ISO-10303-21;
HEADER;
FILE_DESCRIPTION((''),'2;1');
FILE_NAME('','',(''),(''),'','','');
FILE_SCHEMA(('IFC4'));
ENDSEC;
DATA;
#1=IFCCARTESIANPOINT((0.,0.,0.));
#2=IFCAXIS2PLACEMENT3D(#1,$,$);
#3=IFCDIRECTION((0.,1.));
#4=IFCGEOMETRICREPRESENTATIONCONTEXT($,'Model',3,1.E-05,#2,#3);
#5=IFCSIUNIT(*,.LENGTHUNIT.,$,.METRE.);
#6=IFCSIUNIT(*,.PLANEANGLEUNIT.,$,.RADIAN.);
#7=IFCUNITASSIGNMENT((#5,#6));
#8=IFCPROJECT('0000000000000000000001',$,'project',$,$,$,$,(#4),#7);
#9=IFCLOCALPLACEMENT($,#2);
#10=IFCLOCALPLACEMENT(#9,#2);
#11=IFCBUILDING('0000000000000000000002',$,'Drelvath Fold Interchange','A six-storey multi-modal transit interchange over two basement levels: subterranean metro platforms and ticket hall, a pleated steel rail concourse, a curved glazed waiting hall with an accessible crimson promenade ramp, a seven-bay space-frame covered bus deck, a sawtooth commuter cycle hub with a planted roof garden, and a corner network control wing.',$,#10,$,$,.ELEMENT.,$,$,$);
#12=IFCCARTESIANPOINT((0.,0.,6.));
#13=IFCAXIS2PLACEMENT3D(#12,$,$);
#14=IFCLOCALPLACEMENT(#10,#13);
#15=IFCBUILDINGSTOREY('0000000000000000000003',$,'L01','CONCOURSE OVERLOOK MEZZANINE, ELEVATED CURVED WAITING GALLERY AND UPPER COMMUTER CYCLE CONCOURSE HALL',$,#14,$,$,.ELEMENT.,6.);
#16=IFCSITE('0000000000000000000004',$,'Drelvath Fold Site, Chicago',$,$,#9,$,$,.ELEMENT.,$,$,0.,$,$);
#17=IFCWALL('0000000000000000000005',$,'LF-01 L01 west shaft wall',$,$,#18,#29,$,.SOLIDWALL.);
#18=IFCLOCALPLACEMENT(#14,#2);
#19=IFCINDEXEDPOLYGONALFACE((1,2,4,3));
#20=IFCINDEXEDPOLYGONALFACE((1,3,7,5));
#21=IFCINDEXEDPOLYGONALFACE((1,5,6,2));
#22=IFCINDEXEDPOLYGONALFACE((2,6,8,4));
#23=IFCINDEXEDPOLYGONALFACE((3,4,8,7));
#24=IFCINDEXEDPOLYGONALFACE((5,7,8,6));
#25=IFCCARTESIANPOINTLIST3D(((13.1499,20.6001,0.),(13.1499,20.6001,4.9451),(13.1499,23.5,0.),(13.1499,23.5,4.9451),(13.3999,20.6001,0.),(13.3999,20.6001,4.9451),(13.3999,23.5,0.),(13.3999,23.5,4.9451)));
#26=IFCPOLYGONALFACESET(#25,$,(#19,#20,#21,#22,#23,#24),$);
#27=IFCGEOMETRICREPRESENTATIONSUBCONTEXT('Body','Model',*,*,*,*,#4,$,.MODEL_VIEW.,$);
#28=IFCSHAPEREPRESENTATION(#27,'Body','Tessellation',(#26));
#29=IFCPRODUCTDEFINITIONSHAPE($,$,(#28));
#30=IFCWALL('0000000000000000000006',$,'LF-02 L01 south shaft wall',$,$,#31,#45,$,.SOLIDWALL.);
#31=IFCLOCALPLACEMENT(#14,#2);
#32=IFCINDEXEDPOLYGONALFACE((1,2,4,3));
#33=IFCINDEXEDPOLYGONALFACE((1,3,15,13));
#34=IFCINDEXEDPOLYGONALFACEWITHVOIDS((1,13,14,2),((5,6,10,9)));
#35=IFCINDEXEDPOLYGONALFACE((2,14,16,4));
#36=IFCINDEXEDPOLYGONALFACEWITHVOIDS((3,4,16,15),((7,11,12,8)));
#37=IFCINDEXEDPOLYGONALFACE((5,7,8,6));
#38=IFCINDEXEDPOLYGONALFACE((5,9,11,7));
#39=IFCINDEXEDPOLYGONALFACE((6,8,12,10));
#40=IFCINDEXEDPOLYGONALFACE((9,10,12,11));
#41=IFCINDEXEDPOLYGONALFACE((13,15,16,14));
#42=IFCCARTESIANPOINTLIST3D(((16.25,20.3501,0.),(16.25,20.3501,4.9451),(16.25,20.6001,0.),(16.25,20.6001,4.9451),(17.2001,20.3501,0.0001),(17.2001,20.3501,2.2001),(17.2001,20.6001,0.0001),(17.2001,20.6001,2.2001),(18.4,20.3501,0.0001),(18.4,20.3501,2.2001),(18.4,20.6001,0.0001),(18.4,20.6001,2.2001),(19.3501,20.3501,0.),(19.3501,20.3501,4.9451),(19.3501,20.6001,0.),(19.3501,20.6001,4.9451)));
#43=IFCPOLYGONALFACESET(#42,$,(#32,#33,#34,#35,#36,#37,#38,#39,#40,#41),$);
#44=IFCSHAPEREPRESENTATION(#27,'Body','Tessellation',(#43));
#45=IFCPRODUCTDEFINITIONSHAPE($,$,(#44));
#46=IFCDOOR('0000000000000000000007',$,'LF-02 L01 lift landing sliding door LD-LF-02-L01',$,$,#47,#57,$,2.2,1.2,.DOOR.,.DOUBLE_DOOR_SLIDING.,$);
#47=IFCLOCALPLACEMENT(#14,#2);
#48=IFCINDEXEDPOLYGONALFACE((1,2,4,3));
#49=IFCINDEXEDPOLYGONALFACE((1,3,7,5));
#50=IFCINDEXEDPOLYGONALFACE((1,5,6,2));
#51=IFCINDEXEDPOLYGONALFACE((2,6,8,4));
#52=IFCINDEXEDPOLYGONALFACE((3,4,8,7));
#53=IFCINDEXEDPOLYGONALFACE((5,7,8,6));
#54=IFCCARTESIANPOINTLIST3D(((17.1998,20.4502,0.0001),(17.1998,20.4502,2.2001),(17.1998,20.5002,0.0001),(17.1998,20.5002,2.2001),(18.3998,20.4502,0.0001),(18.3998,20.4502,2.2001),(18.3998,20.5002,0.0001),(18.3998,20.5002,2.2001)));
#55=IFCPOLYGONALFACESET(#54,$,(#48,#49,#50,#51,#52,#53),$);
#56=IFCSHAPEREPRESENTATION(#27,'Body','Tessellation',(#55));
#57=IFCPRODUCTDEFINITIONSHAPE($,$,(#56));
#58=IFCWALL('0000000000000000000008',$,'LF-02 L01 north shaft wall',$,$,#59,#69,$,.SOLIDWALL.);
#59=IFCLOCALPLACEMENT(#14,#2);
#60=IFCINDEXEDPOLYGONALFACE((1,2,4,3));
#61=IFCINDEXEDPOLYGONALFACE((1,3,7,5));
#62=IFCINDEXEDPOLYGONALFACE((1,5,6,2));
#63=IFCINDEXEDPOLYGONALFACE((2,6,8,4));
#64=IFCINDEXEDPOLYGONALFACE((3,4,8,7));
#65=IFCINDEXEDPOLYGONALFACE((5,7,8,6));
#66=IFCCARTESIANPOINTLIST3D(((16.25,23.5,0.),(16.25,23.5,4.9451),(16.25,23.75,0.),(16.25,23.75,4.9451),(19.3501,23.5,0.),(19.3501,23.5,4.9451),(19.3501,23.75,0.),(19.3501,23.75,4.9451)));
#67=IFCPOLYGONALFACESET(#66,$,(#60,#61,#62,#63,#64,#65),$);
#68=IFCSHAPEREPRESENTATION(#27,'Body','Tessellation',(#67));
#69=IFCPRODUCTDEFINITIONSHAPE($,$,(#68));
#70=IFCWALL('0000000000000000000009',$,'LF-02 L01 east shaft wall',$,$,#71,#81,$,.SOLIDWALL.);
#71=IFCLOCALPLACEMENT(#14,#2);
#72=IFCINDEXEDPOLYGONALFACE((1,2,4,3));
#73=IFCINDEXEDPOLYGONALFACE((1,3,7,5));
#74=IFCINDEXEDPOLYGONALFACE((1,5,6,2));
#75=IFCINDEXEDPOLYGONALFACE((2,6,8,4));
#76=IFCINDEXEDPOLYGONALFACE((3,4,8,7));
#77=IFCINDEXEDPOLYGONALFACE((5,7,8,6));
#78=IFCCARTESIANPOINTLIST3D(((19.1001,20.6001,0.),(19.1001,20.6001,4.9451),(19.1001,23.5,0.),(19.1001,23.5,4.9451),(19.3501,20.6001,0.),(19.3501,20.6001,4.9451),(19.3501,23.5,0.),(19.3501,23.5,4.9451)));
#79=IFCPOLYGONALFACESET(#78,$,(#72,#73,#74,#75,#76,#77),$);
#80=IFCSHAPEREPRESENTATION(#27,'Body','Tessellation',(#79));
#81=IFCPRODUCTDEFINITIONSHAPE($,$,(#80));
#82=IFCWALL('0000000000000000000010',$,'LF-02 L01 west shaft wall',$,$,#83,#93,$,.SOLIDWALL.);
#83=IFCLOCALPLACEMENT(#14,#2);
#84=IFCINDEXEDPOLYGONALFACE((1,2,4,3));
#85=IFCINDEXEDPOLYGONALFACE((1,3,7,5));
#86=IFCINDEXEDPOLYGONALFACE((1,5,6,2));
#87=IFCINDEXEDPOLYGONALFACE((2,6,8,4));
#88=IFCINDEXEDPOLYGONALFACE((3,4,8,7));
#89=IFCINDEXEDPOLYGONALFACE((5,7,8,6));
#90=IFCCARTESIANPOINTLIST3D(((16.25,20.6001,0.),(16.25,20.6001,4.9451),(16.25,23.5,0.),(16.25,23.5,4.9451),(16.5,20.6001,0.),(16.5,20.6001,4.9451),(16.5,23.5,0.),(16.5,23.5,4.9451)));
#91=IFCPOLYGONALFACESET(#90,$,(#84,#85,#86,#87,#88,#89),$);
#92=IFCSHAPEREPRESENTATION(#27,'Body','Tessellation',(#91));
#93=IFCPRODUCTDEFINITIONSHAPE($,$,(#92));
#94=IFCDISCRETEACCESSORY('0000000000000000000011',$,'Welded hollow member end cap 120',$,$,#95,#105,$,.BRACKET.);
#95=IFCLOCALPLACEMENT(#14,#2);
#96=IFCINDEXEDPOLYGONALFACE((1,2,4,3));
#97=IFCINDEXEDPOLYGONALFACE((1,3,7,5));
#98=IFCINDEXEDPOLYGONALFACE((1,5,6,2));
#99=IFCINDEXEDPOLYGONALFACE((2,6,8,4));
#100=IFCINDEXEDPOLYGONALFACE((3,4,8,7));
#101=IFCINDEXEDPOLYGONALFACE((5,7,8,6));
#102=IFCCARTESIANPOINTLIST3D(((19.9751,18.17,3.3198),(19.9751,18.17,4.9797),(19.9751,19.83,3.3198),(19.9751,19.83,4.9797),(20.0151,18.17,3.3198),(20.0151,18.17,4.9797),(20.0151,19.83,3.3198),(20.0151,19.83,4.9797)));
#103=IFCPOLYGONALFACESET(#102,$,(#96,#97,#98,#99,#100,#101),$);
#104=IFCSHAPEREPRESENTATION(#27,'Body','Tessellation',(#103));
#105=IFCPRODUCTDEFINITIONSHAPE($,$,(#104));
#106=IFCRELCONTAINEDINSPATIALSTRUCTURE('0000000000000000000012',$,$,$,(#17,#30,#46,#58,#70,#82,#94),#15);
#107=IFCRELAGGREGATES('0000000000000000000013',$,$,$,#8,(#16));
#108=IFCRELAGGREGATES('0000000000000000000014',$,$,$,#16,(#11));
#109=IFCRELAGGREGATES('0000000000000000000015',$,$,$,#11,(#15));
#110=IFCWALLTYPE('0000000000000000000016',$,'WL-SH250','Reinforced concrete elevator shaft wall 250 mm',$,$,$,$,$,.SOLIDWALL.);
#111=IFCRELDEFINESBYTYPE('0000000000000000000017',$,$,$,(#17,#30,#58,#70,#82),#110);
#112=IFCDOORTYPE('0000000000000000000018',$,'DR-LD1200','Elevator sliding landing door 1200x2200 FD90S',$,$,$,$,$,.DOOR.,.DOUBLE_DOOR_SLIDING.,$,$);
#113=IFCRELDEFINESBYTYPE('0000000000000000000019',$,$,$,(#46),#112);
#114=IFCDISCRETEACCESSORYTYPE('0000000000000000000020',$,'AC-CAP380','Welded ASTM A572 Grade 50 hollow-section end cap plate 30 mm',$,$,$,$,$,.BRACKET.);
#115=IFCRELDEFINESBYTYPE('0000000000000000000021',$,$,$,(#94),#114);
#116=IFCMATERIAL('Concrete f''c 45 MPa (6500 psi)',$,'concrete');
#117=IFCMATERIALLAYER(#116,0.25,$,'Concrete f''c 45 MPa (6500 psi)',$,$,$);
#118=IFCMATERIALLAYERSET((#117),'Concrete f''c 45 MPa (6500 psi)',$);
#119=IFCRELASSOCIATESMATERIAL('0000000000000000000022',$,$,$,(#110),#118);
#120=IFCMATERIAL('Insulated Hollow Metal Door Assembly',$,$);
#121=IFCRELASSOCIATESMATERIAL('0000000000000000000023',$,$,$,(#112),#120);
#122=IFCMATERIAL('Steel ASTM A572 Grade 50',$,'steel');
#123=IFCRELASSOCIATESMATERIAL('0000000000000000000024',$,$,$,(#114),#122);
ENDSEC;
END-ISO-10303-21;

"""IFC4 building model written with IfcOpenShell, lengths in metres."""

from ifc_helpers import new_model, si_unit, direction, frame, frame_2d, origin, origin_2d, place, context, subcontext, project, spatial, rectangle, extrude, material, layer, layer_set, type_object, element, fill, save


model = new_model("IFC4")

# Units and contexts
model_context = context("Model", 3, precision=1e-05, world=origin(), true_north=direction((0.0, 1.0)))
body_context = subcontext(model_context, "Body", "Model", "MODEL_VIEW")
ifc_project = project(units=[si_unit("LENGTHUNIT", "METRE"), si_unit("PLANEANGLEUNIT", "RADIAN")], contexts=[model_context])

# Site, building, storey
site_placement = place(None, origin())
site = spatial("IfcSite", under=ifc_project, at=site_placement, Name="Drelvath Fold Site, Chicago", CompositionType="ELEMENT", RefElevation=0.0)
building_placement = place(site_placement, origin())
building = spatial("IfcBuilding", under=site, at=building_placement, Name="Drelvath Fold Interchange", Description="A six-storey multi-modal transit interchange over two basement levels: subterranean metro platforms and ticket hall, a pleated steel rail concourse, a curved glazed waiting hall with an accessible crimson promenade ramp, a seven-bay space-frame covered bus deck, a sawtooth commuter cycle hub with a planted roof garden, and a corner network control wing.", CompositionType="ELEMENT")
storey_placement = place(building_placement, frame((0.0, 0.0, 6.0)))
storey = spatial("IfcBuildingStorey", under=building, at=storey_placement, Name="L01", Description="CONCOURSE OVERLOOK MEZZANINE, ELEVATED CURVED WAITING GALLERY AND UPPER COMMUTER CYCLE CONCOURSE HALL", CompositionType="ELEMENT", Elevation=6.0)

# Shared definitions
ifc_material_1 = material(Name="Steel ASTM A572 Grade 50", Category="steel")

# Shared definitions
ifc_material_2 = material(Name="Concrete f'c 45 MPa (6500 psi)", Category="concrete")
ifc_layer_1 = layer(ifc_material_2, 0.25, Name="Concrete f'c 45 MPa (6500 psi)")
ifc_layer_set_1 = layer_set([ifc_layer_1], Name="Concrete f'c 45 MPa (6500 psi)")
wall_type_1 = type_object("IfcWallType", Name="WL-SH250", Description="Reinforced concrete elevator shaft wall 250 mm", PredefinedType="SOLIDWALL", material=ifc_layer_set_1)

# Shared definitions
ifc_material_3 = material(Name="Insulated Hollow Metal Door Assembly")
door_type = type_object("IfcDoorType", Name="DR-LD1200", Description="Elevator sliding landing door 1200x2200 FD90S", OperationType="DOUBLE_DOOR_SLIDING", PredefinedType="DOOR", material=ifc_material_3)

# Wall
for number, where, z_axis, x_axis, name in (
    (1, (13.2749, 23.5, 0.0), (0.0, 0.0, 1.0), (0.0, -1.0, 0.0), "LF-01 L01 west shaft wall"),
):
    element("IfcWall", number, at=place(storey_placement, frame(where, z_axis=z_axis, x_axis=x_axis)), inside=storey, type_object=wall_type_1, Name=name, PredefinedType="SOLIDWALL", context=body_context, shape_type="SweptSolid", body=[
        extrude(rectangle(XDim=2.8999, YDim=0.25, at=frame_2d((1.45, 0.0))), origin(), (0.0, 0.0, 1.0), 4.9451),
    ])

# Wall, opening, door
wall_1_placement = place(storey_placement, frame((16.25, 20.4751, 0.0), z_axis=(0.0, 0.0, 1.0), x_axis=(1.0, 0.0, 0.0)))
wall_1 = element("IfcWall", 2, at=wall_1_placement, inside=storey, type_object=wall_type_1, Name="LF-02 L01 south shaft wall", PredefinedType="SOLIDWALL", context=body_context, shape_type="SweptSolid", body=[
    extrude(rectangle(XDim=3.1001, YDim=0.25, at=frame_2d((1.55, 0.0))), origin(), (0.0, 0.0, 1.0), 4.9451),
])
opening_1_placement = place(wall_1_placement, frame((0.95, 0.0, 0.0)))
opening_1 = element("IfcOpeningElement", 3, at=opening_1_placement, cuts=wall_1, PredefinedType="OPENING", context=body_context, shape_type="SweptSolid", body=[
    extrude(rectangle(XDim=1.2, YDim=2.2, at=frame_2d((0.6001, 1.1001))), frame((0.0, 0.135, 0.0), z_axis=(0.0, -1.0, 0.0), x_axis=(1.0, 0.0, 0.0)), (0.0, 0.0, 1.0), 0.27),
])
door_1_placement = place(opening_1_placement, frame((1.2, 0.0, 0.0), z_axis=(0.0, 0.0, 1.0), x_axis=(-1.0, 0.0, 0.0)))
door_1 = element("IfcDoor", 4, at=door_1_placement, inside=storey, type_object=door_type, Name="LF-02 L01 lift landing sliding door LD-LF-02-L01", OperationType="DOUBLE_DOOR_SLIDING", OverallHeight=2.2, OverallWidth=1.2, PredefinedType="DOOR", context=body_context, shape_type="SweptSolid", body=[
    extrude(rectangle(XDim=1.2, YDim=2.2, at=frame_2d((0.6001, 1.1001))), frame((0.0, 0.0249, 0.0), z_axis=(0.0, -1.0, 0.0), x_axis=(1.0, 0.0, 0.0)), (0.0, 0.0, 1.0), 0.05),
])
fill(opening_1, door_1)

# Walls
wall_2_placement = place(storey_placement, frame((19.3501, 23.625, 0.0), z_axis=(0.0, 0.0, 1.0), x_axis=(-1.0, 0.0, 0.0)))
element("IfcWall", 5, at=wall_2_placement, inside=storey, type_object=wall_type_1, Name="LF-02 L01 north shaft wall", PredefinedType="SOLIDWALL", context=body_context, shape_type="SweptSolid", body=[
    extrude(rectangle(XDim=3.1001, YDim=0.25, at=frame_2d((1.55, 0.0))), origin(), (0.0, 0.0, 1.0), 4.9451),
])
for number, where, z_axis, x_axis, name in (
    (6, (19.2251, 20.6001, 0.0), (0.0, 0.0, 1.0), (0.0, 1.0, 0.0), "LF-02 L01 east shaft wall"),
    (7, (16.375, 23.5, 0.0), (0.0, 0.0, 1.0), (0.0, -1.0, 0.0), "LF-02 L01 west shaft wall"),
):
    element("IfcWall", number, at=place(storey_placement, frame(where, z_axis=z_axis, x_axis=x_axis)), inside=storey, type_object=wall_type_1, Name=name, PredefinedType="SOLIDWALL", context=body_context, shape_type="SweptSolid", body=[
        extrude(rectangle(XDim=2.8999, YDim=0.25, at=frame_2d((1.45, 0.0))), origin(), (0.0, 0.0, 1.0), 4.9451),
    ])

# Discrete accessory
discrete_accessory_type = type_object("IfcDiscreteAccessoryType", Name="AC-CAP380", Description="Welded ASTM A572 Grade 50 hollow-section end cap plate 30 mm", PredefinedType="BRACKET", material=ifc_material_1)
discrete_accessory_placement = place(storey_placement, frame((19.9951, 19.0, 3.3198), z_axis=(0.0, 0.0, 1.0), x_axis=(1.0, 0.0, 0.0)))
element("IfcDiscreteAccessory", 8, at=discrete_accessory_placement, inside=storey, type_object=discrete_accessory_type, Name="Welded hollow member end cap 120", PredefinedType="BRACKET", context=body_context, shape_type="SweptSolid", body=[
    extrude(rectangle(XDim=0.04, YDim=1.6599, at=origin_2d()), origin(), (0.0, 0.0, 1.0), 1.6599),
])

save(model, "model.ifc")
